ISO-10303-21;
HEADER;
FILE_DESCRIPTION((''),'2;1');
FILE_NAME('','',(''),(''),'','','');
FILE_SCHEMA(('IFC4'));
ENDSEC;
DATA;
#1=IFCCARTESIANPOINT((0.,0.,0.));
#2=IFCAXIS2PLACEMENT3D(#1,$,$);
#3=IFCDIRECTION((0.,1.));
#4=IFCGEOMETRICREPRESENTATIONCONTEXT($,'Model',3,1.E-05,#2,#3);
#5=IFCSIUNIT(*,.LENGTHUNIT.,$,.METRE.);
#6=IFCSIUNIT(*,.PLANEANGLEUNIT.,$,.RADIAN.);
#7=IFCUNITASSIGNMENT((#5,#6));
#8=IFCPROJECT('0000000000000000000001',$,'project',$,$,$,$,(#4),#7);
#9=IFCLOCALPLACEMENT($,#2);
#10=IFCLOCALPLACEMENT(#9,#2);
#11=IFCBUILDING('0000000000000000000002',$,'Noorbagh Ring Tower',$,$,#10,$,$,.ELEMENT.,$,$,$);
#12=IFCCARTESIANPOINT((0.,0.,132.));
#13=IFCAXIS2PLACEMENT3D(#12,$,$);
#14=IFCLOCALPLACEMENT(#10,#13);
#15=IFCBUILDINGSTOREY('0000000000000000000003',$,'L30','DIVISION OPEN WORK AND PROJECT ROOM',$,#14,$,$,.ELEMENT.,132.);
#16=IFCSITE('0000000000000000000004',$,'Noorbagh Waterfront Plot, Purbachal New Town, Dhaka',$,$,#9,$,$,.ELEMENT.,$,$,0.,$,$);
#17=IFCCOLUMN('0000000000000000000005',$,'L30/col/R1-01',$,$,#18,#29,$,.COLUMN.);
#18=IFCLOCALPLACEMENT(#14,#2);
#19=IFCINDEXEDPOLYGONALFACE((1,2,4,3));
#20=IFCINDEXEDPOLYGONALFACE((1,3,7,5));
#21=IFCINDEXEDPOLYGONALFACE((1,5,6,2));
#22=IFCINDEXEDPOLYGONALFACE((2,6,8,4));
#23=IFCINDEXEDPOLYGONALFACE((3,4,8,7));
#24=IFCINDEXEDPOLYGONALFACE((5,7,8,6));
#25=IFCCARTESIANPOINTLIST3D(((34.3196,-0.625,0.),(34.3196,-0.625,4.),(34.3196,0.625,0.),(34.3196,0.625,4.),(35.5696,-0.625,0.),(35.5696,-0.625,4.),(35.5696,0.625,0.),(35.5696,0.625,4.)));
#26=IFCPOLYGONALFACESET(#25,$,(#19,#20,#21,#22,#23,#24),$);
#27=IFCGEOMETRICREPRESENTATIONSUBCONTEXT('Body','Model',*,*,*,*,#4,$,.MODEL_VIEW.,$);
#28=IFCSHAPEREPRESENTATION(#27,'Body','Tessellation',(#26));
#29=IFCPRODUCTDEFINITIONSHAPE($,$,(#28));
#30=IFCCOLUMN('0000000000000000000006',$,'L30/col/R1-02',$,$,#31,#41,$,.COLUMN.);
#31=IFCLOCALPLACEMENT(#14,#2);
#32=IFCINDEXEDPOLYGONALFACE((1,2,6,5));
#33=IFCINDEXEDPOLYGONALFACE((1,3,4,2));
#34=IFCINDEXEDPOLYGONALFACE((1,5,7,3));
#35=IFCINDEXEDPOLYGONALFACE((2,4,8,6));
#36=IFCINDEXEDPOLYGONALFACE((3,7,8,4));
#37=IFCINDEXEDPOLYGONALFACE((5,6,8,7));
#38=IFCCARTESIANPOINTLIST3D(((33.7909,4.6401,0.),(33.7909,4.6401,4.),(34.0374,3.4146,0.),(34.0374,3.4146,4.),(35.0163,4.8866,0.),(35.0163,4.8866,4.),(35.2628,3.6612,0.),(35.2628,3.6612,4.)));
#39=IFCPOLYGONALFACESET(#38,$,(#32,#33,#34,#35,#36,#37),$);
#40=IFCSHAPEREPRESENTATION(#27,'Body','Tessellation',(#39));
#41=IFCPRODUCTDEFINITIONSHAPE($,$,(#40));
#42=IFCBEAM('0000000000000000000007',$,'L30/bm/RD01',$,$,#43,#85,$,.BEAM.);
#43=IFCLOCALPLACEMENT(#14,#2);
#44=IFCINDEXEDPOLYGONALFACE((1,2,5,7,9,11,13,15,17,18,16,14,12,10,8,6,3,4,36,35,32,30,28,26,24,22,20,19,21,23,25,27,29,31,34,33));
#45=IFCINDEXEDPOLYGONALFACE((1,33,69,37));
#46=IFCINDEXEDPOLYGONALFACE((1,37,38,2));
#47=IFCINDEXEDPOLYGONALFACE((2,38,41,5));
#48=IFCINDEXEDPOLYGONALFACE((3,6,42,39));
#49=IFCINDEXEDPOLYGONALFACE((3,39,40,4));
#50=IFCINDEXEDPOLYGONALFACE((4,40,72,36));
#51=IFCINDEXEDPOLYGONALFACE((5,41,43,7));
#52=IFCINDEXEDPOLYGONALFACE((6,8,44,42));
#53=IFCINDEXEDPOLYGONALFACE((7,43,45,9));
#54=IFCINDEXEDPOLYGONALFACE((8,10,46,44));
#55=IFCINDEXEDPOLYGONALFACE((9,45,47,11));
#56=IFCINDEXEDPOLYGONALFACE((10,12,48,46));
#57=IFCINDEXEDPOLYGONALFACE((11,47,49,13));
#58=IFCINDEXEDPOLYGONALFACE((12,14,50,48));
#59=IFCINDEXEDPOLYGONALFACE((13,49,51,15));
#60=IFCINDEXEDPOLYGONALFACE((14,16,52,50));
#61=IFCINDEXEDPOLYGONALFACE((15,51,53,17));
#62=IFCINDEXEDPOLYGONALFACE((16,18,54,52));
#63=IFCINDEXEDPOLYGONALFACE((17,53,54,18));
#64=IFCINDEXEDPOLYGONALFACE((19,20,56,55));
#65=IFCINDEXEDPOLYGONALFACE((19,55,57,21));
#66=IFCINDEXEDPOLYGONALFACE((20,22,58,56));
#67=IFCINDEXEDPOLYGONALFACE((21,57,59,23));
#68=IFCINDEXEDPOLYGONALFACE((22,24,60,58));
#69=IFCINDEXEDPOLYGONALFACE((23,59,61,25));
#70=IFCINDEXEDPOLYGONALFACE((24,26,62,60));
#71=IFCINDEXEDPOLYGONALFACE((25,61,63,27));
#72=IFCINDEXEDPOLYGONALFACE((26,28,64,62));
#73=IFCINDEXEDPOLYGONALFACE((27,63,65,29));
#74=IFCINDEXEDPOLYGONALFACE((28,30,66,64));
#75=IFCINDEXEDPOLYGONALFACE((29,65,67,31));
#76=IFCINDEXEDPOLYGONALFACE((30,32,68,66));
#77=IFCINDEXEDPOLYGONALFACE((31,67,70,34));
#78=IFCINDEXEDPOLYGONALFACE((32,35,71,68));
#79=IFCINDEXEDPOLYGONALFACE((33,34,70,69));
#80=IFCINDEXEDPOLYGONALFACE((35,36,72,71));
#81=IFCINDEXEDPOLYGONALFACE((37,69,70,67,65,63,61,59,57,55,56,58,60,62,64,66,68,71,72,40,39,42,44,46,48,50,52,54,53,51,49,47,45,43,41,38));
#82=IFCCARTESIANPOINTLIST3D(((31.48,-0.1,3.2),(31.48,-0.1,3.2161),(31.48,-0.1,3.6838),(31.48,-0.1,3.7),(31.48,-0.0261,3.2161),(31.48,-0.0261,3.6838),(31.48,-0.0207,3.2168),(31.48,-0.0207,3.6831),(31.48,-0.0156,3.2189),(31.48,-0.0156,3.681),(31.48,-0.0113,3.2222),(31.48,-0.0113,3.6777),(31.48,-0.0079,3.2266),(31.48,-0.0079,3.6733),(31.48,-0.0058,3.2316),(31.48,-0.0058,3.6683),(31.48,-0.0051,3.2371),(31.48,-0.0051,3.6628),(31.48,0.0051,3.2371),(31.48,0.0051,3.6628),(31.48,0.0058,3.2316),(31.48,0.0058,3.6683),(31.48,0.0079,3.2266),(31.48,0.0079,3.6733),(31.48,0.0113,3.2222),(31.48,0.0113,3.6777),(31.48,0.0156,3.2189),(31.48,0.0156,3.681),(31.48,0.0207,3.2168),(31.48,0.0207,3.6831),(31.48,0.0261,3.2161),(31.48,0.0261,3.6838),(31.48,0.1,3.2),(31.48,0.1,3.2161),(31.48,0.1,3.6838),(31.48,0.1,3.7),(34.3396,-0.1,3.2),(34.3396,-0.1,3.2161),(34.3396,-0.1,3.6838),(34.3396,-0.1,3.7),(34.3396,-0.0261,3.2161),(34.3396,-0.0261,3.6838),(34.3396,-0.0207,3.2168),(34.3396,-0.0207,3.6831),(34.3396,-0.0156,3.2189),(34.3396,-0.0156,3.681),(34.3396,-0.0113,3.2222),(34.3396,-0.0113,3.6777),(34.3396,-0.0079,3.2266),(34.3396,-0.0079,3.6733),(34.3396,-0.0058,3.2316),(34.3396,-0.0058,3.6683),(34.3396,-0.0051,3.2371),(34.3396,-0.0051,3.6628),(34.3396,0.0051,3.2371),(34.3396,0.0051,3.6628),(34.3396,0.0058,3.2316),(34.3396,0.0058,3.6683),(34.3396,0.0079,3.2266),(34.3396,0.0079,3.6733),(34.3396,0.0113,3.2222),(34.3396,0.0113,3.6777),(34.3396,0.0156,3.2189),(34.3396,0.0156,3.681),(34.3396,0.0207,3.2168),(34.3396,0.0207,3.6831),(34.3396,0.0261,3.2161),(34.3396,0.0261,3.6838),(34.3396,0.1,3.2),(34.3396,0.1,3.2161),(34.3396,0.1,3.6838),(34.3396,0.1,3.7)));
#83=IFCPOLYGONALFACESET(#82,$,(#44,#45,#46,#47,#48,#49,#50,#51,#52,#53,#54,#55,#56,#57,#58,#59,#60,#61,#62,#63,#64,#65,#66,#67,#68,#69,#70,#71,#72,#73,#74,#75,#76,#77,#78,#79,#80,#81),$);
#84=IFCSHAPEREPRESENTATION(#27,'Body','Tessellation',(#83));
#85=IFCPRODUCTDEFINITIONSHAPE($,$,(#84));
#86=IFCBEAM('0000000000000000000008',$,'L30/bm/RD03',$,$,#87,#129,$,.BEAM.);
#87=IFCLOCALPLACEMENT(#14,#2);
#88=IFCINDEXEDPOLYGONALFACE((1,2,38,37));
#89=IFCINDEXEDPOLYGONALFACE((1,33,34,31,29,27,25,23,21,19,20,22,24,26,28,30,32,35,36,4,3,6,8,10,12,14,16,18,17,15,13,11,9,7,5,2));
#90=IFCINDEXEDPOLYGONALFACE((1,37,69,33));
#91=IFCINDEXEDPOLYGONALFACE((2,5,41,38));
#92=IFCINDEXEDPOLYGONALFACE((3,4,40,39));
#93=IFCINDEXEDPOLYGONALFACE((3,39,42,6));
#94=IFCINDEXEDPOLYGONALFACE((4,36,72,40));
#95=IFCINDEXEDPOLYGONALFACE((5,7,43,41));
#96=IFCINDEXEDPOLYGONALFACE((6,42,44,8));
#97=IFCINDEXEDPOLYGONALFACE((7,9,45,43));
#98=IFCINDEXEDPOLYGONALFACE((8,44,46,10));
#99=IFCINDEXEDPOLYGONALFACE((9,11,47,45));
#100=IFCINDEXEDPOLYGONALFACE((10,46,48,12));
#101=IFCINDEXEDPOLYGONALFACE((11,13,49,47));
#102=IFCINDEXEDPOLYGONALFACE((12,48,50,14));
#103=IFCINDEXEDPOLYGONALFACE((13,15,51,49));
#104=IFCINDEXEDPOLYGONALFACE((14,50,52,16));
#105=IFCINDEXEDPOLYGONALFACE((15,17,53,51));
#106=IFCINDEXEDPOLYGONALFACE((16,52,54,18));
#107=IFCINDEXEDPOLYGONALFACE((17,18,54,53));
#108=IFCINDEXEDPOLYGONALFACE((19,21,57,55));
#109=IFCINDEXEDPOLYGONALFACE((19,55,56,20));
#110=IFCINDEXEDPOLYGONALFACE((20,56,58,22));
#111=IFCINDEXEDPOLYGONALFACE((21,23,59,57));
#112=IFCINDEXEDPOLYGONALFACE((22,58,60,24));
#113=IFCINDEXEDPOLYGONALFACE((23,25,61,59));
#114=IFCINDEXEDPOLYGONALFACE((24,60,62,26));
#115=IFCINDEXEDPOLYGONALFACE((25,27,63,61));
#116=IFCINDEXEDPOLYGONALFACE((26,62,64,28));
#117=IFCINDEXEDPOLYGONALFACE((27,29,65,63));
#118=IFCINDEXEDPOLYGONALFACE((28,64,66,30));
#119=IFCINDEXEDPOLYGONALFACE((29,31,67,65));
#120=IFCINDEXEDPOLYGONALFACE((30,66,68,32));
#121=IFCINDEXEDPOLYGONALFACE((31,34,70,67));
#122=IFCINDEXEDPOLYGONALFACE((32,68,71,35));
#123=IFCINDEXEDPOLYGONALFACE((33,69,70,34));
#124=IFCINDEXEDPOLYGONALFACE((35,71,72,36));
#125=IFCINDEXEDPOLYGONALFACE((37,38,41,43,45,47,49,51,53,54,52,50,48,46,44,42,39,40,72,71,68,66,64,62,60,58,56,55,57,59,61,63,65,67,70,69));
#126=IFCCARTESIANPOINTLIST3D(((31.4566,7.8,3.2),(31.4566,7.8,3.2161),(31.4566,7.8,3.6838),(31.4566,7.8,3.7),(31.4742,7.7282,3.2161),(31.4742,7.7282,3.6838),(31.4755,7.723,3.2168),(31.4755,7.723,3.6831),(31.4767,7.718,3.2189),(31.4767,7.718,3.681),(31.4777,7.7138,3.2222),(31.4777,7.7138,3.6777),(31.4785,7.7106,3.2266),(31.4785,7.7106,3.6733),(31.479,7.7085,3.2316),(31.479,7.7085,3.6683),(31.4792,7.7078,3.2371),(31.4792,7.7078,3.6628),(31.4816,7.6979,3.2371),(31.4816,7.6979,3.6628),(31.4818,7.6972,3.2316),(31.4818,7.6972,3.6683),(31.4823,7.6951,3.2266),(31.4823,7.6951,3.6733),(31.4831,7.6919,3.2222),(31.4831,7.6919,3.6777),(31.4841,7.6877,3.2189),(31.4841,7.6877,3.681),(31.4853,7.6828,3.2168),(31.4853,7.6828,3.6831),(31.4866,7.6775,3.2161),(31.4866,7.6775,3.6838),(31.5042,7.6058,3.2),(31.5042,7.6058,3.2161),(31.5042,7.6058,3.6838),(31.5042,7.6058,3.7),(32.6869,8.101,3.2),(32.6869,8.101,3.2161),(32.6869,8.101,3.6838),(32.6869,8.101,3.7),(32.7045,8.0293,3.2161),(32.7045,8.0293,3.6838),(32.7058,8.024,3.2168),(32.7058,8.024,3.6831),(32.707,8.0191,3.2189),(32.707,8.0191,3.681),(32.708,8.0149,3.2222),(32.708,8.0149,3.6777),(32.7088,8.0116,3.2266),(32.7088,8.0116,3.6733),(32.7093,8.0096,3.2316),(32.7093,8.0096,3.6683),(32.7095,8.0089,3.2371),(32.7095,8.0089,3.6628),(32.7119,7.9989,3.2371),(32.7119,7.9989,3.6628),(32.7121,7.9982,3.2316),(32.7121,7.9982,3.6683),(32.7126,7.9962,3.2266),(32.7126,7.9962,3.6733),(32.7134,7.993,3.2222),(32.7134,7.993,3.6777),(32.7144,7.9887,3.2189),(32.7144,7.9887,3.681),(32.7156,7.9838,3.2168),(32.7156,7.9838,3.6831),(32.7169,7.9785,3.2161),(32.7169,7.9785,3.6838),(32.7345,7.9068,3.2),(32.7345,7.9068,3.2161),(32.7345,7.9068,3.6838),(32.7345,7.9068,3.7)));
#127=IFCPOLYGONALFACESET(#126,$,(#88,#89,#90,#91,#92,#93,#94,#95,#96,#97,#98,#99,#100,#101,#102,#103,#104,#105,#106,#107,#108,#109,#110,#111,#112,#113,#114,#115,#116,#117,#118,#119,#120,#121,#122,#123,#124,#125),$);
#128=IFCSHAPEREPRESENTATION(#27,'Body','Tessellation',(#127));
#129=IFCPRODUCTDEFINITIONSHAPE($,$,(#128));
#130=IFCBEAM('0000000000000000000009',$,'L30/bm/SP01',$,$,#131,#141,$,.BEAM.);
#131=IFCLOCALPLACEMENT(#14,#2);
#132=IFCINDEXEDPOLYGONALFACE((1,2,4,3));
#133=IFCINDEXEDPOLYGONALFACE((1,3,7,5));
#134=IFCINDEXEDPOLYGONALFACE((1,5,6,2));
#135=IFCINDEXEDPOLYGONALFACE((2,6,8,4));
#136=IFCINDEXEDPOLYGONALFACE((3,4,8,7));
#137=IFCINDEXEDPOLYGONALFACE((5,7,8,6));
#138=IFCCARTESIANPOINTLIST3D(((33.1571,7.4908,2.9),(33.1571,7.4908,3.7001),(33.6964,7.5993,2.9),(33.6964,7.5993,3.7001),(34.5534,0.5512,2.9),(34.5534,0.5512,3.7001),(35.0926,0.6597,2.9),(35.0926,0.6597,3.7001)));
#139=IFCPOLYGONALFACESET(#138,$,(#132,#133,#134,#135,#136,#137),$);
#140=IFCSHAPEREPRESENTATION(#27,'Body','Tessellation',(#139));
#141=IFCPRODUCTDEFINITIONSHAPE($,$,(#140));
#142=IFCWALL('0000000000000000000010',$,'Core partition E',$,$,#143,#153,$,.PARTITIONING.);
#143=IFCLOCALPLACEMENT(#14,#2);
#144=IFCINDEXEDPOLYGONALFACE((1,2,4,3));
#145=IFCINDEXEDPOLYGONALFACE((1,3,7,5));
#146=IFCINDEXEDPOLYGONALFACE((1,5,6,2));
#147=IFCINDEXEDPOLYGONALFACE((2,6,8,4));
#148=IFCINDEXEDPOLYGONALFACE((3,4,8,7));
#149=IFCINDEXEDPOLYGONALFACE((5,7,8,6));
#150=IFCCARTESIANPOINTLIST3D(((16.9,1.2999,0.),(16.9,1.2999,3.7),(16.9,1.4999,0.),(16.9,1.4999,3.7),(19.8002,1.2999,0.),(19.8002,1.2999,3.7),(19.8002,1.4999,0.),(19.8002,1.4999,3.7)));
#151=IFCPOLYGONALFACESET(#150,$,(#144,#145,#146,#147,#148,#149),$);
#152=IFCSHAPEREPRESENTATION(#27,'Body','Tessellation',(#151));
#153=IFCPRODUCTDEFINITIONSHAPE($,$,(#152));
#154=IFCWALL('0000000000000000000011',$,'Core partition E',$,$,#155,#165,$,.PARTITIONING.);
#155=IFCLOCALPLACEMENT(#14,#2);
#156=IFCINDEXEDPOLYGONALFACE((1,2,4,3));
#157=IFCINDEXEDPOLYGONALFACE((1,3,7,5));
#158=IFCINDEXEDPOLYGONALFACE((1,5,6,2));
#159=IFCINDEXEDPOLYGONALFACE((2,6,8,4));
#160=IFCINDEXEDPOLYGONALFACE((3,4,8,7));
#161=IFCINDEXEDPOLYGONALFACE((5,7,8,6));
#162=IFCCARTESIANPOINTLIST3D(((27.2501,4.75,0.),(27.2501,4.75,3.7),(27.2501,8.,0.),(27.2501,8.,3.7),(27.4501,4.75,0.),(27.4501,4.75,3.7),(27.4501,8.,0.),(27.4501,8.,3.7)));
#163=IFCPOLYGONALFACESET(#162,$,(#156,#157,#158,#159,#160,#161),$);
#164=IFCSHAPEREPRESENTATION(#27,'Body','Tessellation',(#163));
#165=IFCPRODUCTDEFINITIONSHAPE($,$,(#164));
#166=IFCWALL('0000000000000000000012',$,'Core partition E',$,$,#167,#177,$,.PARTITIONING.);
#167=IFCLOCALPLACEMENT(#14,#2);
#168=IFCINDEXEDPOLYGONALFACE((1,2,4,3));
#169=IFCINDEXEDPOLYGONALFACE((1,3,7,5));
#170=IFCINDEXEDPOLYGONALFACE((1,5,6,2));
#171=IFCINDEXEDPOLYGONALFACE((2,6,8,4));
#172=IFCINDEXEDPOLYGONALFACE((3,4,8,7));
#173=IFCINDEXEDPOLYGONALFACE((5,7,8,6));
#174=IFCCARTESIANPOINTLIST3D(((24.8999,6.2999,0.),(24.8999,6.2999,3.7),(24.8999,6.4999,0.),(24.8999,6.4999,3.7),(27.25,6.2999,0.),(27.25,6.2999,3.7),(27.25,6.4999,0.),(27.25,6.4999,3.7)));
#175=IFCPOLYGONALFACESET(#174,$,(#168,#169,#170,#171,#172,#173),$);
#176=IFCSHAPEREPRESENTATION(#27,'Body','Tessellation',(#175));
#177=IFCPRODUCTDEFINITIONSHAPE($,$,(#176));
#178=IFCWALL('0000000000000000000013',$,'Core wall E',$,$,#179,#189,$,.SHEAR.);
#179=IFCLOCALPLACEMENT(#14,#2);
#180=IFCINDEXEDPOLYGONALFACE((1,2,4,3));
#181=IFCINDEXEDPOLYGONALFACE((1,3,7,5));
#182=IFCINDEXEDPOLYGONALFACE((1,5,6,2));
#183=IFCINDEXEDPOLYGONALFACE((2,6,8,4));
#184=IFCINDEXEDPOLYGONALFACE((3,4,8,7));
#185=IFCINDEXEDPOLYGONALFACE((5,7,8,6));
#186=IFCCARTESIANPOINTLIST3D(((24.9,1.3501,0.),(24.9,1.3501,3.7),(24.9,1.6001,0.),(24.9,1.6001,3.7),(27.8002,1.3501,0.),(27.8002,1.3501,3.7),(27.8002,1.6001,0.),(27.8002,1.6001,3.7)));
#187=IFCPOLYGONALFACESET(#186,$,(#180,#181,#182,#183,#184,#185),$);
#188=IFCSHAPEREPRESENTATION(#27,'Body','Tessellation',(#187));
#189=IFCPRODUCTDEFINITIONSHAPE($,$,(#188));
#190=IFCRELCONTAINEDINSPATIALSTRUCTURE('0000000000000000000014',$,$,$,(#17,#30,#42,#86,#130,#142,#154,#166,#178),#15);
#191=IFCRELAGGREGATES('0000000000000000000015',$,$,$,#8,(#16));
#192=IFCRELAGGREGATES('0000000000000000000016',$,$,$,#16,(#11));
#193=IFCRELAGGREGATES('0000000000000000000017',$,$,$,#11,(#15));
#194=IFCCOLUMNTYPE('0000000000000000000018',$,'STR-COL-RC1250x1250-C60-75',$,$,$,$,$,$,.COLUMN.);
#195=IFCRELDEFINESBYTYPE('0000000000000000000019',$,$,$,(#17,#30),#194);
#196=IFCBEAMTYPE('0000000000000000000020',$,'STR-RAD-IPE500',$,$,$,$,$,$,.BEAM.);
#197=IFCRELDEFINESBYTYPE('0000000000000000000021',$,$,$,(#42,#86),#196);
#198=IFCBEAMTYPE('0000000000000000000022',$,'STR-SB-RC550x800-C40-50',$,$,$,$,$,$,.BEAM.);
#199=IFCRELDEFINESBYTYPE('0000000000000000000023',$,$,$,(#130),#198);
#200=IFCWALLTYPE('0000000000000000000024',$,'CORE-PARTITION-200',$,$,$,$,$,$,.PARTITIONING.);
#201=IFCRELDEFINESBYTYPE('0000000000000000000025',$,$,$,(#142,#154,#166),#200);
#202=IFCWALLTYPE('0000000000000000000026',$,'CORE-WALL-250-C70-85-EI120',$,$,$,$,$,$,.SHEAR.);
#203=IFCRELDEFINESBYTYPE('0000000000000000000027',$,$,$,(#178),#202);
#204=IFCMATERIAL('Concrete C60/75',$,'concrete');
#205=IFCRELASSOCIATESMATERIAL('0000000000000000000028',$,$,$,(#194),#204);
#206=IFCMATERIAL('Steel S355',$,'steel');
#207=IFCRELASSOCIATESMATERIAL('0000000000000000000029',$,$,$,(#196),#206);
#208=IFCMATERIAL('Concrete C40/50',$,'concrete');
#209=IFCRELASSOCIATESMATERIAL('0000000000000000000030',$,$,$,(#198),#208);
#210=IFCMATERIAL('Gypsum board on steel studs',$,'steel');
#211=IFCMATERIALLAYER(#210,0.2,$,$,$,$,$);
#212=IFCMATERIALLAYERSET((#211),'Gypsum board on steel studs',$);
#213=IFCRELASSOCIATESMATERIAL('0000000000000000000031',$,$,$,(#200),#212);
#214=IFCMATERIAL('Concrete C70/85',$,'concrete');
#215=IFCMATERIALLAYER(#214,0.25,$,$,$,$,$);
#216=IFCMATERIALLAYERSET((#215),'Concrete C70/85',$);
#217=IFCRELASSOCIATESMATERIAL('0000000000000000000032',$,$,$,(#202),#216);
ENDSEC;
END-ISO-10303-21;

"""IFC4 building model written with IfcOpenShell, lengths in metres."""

from ifc_helpers import new_model, si_unit, direction, frame, frame_2d, origin, origin_2d, place, context, subcontext, project, spatial, rectangle, i_section, extrude, material, layer, layer_set, material_profile, profile_set, type_object, element, save


model = new_model("IFC4")

# Units and contexts
model_context = context("Model", 3, precision=1e-05, world=origin(), true_north=direction((0.0, 1.0)))
body_context = subcontext(model_context, "Body", "Model", "MODEL_VIEW")
ifc_project = project(units=[si_unit("LENGTHUNIT", "METRE"), si_unit("PLANEANGLEUNIT", "RADIAN")], contexts=[model_context])

# Site, building, storey
site_placement = place(None, origin())
site = spatial("IfcSite", under=ifc_project, at=site_placement, Name="Noorbagh Waterfront Plot, Purbachal New Town, Dhaka", CompositionType="ELEMENT", RefElevation=0.0)
building_placement = place(site_placement, origin())
building = spatial("IfcBuilding", under=site, at=building_placement, Name="Noorbagh Ring Tower", CompositionType="ELEMENT")
storey_placement = place(building_placement, frame((0.0, 0.0, 132.0)))
storey = spatial("IfcBuildingStorey", under=building, at=storey_placement, Name="L30", Description="DIVISION OPEN WORK AND PROJECT ROOM", CompositionType="ELEMENT", Elevation=132.0)

# Columns
ifc_material_1 = material(Name="Concrete C60/75", Category="concrete")
ifc_material_profile_1 = material_profile(ifc_material_1, rectangle(XDim=1.25, YDim=1.25, at=origin_2d()), Name="RC1250x1250")
ifc_profile_set_1 = profile_set([ifc_material_profile_1], Name="Concrete C60/75")
column_type = type_object("IfcColumnType", Name="STR-COL-RC1250x1250-C60-75", PredefinedType="COLUMN", material=ifc_profile_set_1)
for number, where, z_axis, x_axis, name in (
    (1, (34.9446, 0.0, 0.0), (0.0, 0.0, 1.0), (0.0, 1.0, 0.0), "L30/col/R1-01"),
    (2, (34.5269, 4.1506, 0.0), (0.0, 0.0, 1.0), (-0.19723, 0.980357, 0.0), "L30/col/R1-02"),
):
    element("IfcColumn", number, at=place(storey_placement, frame(where, z_axis=z_axis, x_axis=x_axis)), inside=storey, type_object=column_type, Name=name, PredefinedType="COLUMN", context=body_context, shape_type="SweptSolid", body=[
        extrude(rectangle(XDim=1.25, YDim=1.25, at=origin_2d()), origin(), (0.0, 0.0, 1.0), 4.0),
    ])

# Beams
ifc_material_2 = material(Name="Steel S355", Category="steel")
ifc_material_profile_2 = material_profile(ifc_material_2, i_section(OverallWidth=0.2, OverallDepth=0.5, WebThickness=0.0103, FlangeThickness=0.0161, FilletRadius=0.021, at=origin_2d()), Name="IPE500")
ifc_profile_set_2 = profile_set([ifc_material_profile_2], Name="Steel S355")
beam_type_1 = type_object("IfcBeamType", Name="STR-RAD-IPE500", PredefinedType="BEAM", material=ifc_profile_set_2)
beam_1_placement = place(storey_placement, frame((34.3396, 0.0, 3.45), z_axis=(-1.0, 0.0, 0.0), x_axis=(0.0, -1.0, 0.0)))
element("IfcBeam", 3, at=beam_1_placement, inside=storey, type_object=beam_type_1, Name="L30/bm/RD01", PredefinedType="BEAM", context=body_context, shape_type="SweptSolid", body=[
    extrude(i_section(OverallWidth=0.2, OverallDepth=0.5, WebThickness=0.0103, FlangeThickness=0.0161, FilletRadius=0.021, at=origin_2d()), origin(), (0.0, 0.0, 1.0), 2.8596),
])
beam_2_placement = place(storey_placement, frame((32.7107, 8.0039, 3.45), z_axis=(-0.971344, -0.237679, 0.0), x_axis=(0.237679, -0.971344, 0.0)))
element("IfcBeam", 4, at=beam_2_placement, inside=storey, type_object=beam_type_1, Name="L30/bm/RD03", PredefinedType="BEAM", context=body_context, shape_type="SweptSolid", body=[
    extrude(i_section(OverallWidth=0.2, OverallDepth=0.5, WebThickness=0.0103, FlangeThickness=0.0161, FilletRadius=0.021, at=origin_2d()), origin(), (0.0, 0.0, 1.0), 1.2666),
])
ifc_material_3 = material(Name="Concrete C40/50", Category="concrete")
ifc_material_profile_3 = material_profile(ifc_material_3, rectangle(XDim=0.55, YDim=0.8, at=origin_2d()), Name="RC550x800")
ifc_profile_set_3 = profile_set([ifc_material_profile_3], Name="Concrete C40/50")
beam_type_2 = type_object("IfcBeamType", Name="STR-SB-RC550x800-C40-50", PredefinedType="BEAM", material=ifc_profile_set_3)
beam_3_placement = place(storey_placement, frame((34.823, 0.6055, 3.3), z_axis=(-0.19725, 0.980353, 0.0), x_axis=(-0.980353, -0.19725, 0.0)))
element("IfcBeam", 5, at=beam_3_placement, inside=storey, type_object=beam_type_2, Name="L30/bm/SP01", PredefinedType="BEAM", context=body_context, shape_type="SweptSolid", body=[
    extrude(rectangle(XDim=0.55, YDim=0.8, at=origin_2d()), origin(), (0.0, 0.0, 1.0), 7.0786),
])

# Walls
ifc_material_4 = material(Name="Gypsum board on steel studs", Category="steel")
ifc_layer_1 = layer(ifc_material_4, 0.2)
ifc_layer_set_1 = layer_set([ifc_layer_1], Name="Gypsum board on steel studs")
wall_type_1 = type_object("IfcWallType", Name="CORE-PARTITION-200", PredefinedType="PARTITIONING", material=ifc_layer_set_1)
wall_1_placement = place(storey_placement, frame((16.8999, 1.3999, 0.0), z_axis=(0.0, 0.0, 1.0), x_axis=(1.0, 0.0, 0.0)))
element("IfcWall", 6, at=wall_1_placement, inside=storey, type_object=wall_type_1, Name="Core partition E", PredefinedType="PARTITIONING", context=body_context, shape_type="SweptSolid", body=[
    extrude(rectangle(XDim=2.9001, YDim=0.2, at=frame_2d((1.4502, 0.0))), origin(), (0.0, 0.0, 1.0), 3.7),
])
wall_2_placement = place(storey_placement, frame((27.3501, 4.75, 0.0), z_axis=(0.0, 0.0, 1.0), x_axis=(0.0, 1.0, 0.0)))
element("IfcWall", 7, at=wall_2_placement, inside=storey, type_object=wall_type_1, Name="Core partition E", PredefinedType="PARTITIONING", context=body_context, shape_type="SweptSolid", body=[
    extrude(rectangle(XDim=3.25, YDim=0.2, at=frame_2d((1.625, 0.0))), origin(), (0.0, 0.0, 1.0), 3.7),
])
wall_3_placement = place(storey_placement, frame((24.8999, 6.3999, 0.0), z_axis=(0.0, 0.0, 1.0), x_axis=(1.0, 0.0, 0.0)))
element("IfcWall", 8, at=wall_3_placement, inside=storey, type_object=wall_type_1, Name="Core partition E", PredefinedType="PARTITIONING", context=body_context, shape_type="SweptSolid", body=[
    extrude(rectangle(XDim=2.3501, YDim=0.2, at=frame_2d((1.175, 0.0))), origin(), (0.0, 0.0, 1.0), 3.7),
])
ifc_material_5 = material(Name="Concrete C70/85", Category="concrete")
ifc_layer_2 = layer(ifc_material_5, 0.25)
ifc_layer_set_2 = layer_set([ifc_layer_2], Name="Concrete C70/85")
wall_type_2 = type_object("IfcWallType", Name="CORE-WALL-250-C70-85-EI120", PredefinedType="SHEAR", material=ifc_layer_set_2)
wall_4_placement = place(storey_placement, frame((24.8999, 1.4751, 0.0), z_axis=(0.0, 0.0, 1.0), x_axis=(1.0, 0.0, 0.0)))
element("IfcWall", 9, at=wall_4_placement, inside=storey, type_object=wall_type_2, Name="Core wall E", PredefinedType="SHEAR", context=body_context, shape_type="SweptSolid", body=[
    extrude(rectangle(XDim=2.9001, YDim=0.25, at=frame_2d((1.4502, 0.0))), origin(), (0.0, 0.0, 1.0), 3.7),
])

save(model, "model.ifc")
